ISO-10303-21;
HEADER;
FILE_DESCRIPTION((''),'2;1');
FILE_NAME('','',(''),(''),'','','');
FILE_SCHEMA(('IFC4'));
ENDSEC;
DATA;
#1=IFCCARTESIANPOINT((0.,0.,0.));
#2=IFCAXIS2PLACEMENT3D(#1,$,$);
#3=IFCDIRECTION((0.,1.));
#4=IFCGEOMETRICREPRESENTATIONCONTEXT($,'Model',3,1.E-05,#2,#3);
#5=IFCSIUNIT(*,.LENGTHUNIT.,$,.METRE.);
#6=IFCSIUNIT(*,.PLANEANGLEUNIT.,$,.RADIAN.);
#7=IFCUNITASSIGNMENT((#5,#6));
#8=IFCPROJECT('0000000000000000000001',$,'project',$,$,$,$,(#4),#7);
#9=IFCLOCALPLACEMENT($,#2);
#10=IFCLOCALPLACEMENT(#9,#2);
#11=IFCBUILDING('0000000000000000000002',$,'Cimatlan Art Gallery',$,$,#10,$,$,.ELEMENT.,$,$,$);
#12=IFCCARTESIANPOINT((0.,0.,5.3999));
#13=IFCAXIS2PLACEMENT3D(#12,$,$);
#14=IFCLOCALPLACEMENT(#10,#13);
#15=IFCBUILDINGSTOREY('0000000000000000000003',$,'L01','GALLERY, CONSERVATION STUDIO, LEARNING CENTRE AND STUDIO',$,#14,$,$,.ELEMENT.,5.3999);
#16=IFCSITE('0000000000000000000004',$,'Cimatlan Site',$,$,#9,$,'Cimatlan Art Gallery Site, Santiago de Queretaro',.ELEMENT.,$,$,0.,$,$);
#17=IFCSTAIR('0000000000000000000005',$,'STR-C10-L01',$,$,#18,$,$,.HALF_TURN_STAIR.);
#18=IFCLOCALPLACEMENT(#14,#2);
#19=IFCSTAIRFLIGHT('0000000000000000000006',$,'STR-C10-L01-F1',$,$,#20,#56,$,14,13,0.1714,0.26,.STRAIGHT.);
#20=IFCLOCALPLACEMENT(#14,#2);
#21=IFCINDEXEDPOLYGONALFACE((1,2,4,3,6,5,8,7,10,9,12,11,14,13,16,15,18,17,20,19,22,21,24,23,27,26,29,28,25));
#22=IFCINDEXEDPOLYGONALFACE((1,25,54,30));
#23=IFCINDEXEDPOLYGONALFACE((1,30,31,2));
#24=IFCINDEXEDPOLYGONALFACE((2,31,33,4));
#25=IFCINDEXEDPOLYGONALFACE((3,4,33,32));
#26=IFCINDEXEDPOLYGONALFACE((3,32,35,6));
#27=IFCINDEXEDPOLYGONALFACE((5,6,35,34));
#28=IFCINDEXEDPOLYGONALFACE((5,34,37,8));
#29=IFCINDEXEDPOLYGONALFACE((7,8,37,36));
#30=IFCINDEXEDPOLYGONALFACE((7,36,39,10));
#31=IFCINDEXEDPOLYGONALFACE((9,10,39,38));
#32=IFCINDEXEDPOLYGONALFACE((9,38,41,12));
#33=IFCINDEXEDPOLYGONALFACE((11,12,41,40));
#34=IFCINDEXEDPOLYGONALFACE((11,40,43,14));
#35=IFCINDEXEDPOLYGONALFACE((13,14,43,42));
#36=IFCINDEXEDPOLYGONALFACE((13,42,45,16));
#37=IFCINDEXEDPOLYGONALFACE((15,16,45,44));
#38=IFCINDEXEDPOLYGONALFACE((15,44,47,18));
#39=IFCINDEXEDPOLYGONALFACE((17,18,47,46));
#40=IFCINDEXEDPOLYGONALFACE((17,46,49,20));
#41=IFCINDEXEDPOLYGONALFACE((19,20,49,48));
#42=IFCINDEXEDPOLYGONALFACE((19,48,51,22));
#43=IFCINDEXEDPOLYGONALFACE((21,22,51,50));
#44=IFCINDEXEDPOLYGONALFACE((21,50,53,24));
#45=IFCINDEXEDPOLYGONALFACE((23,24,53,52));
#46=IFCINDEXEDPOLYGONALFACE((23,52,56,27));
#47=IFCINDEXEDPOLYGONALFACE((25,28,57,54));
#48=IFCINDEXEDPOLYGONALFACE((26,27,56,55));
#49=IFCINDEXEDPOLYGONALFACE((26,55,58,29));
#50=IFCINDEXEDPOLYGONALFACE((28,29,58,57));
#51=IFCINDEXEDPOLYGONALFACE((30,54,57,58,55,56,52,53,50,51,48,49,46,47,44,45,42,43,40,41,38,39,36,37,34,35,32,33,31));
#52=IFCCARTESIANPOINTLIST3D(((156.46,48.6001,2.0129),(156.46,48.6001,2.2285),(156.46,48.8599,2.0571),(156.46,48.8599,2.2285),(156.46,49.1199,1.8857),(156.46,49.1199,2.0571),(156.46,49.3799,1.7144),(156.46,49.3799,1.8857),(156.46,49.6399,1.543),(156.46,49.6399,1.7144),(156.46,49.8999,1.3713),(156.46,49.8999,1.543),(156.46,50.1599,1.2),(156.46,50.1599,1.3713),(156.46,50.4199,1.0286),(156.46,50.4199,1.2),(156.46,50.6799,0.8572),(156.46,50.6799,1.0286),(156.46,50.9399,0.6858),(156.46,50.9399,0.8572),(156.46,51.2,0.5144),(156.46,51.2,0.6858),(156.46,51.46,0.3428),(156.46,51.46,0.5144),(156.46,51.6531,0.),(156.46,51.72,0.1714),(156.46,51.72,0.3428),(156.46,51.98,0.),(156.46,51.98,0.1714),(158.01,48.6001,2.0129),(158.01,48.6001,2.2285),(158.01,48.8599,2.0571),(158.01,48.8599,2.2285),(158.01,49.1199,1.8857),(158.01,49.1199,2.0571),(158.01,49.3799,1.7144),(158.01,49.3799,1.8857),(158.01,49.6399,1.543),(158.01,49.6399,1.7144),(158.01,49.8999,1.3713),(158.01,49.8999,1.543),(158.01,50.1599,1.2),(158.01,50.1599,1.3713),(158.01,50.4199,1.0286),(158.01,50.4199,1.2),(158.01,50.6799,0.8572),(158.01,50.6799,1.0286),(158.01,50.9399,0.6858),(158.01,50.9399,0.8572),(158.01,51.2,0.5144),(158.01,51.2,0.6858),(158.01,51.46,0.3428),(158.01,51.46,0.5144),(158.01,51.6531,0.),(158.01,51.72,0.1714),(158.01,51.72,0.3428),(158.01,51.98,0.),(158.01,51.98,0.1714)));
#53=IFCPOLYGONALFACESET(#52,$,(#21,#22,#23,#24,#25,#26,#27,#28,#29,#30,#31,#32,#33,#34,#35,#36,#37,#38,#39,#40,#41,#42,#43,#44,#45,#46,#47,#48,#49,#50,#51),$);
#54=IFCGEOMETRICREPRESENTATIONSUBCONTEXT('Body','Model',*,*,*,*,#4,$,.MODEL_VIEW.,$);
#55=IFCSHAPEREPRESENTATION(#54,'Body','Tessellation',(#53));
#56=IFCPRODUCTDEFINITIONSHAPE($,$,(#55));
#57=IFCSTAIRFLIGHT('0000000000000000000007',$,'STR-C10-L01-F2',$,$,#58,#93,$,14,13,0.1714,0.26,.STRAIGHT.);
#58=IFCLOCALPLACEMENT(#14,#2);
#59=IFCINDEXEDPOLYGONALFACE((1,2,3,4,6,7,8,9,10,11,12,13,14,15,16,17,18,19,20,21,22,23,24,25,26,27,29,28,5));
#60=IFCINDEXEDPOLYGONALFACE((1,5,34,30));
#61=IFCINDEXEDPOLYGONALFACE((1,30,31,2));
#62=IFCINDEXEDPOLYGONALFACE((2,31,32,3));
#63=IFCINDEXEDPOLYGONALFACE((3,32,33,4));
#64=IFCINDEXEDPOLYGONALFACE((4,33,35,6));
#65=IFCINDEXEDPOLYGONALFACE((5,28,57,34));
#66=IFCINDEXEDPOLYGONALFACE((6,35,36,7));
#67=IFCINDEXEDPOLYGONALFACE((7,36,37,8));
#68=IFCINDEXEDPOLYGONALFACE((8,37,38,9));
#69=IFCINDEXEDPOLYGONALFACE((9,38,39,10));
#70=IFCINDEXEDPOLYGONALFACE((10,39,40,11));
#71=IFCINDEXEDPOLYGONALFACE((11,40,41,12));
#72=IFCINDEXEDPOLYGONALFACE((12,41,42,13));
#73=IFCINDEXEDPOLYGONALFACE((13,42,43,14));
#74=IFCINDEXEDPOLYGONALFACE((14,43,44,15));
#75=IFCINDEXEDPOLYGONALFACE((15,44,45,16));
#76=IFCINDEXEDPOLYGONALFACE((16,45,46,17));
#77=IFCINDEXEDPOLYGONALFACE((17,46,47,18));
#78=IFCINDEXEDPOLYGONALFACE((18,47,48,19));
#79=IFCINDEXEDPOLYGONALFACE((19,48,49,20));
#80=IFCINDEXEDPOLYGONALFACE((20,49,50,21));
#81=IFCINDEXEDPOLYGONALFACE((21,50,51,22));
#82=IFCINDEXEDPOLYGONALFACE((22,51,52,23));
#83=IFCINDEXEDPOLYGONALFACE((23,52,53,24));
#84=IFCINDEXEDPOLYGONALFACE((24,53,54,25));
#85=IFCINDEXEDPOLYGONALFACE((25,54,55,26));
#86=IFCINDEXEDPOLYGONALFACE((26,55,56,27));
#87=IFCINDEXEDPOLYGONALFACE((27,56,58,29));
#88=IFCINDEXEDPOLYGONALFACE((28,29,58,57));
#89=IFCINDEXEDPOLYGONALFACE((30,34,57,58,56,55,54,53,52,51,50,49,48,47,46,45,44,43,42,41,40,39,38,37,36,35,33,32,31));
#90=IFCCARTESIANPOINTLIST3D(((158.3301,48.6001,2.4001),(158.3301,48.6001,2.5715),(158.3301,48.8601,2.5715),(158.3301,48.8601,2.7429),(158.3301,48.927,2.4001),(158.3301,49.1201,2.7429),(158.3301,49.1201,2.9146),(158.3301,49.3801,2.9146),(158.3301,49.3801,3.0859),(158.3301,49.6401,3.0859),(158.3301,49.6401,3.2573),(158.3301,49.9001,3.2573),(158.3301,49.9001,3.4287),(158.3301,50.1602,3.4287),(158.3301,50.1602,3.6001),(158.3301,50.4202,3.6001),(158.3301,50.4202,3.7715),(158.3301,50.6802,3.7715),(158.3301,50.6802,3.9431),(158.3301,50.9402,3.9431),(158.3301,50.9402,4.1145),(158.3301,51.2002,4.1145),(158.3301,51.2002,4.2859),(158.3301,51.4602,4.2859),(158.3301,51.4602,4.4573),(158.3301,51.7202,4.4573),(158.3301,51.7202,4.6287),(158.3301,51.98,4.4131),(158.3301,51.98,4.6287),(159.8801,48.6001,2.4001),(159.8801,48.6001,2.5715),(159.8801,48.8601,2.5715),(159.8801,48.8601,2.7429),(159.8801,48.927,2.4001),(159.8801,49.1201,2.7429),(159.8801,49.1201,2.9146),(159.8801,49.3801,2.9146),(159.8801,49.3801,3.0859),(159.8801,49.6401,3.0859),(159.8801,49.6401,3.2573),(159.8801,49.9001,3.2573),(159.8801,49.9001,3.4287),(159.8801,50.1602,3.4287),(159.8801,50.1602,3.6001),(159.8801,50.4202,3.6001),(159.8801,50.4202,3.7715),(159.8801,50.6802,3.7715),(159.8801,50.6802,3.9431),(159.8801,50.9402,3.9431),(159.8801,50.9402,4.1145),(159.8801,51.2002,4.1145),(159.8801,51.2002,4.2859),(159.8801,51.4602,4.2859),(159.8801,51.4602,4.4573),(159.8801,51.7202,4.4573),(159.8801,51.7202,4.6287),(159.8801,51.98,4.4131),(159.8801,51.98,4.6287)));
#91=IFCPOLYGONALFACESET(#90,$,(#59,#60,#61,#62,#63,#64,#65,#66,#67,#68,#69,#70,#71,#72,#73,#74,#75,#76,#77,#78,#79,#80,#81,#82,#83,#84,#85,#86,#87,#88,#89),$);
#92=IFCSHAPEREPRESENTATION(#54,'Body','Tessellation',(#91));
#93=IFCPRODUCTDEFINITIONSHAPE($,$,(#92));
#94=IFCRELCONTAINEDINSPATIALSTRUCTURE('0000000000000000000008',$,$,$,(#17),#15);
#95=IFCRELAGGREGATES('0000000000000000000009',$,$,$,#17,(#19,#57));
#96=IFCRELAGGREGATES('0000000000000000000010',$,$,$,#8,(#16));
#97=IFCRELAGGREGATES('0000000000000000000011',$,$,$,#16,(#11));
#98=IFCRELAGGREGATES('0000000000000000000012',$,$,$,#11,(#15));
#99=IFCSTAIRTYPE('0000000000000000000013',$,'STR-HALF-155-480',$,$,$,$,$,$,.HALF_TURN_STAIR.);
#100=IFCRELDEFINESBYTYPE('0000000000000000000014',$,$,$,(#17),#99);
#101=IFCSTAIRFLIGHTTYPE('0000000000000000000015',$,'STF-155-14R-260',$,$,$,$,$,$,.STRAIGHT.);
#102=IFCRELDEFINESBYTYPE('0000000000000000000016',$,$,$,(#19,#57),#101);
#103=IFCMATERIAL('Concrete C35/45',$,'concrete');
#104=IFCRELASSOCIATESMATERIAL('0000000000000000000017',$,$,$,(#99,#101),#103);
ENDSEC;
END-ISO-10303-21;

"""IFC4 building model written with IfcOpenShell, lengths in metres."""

from ifc_helpers import new_model, si_unit, direction, frame, origin, place, context, subcontext, project, spatial, polyline, outline, extrude, material, type_object, element, aggregate, save


model = new_model("IFC4")

# Units and contexts
model_context = context("Model", 3, precision=1e-05, world=origin(), true_north=direction((0.0, 1.0)))
body_context = subcontext(model_context, "Body", "Model", "MODEL_VIEW")
ifc_project = project(units=[si_unit("LENGTHUNIT", "METRE"), si_unit("PLANEANGLEUNIT", "RADIAN")], contexts=[model_context])

# Site, building, storey
site_placement = place(None, origin())
site = spatial("IfcSite", under=ifc_project, at=site_placement, Name="Cimatlan Site", LongName="Cimatlan Art Gallery Site, Santiago de Queretaro", CompositionType="ELEMENT", RefElevation=0.0)
building_placement = place(site_placement, origin())
building = spatial("IfcBuilding", under=site, at=building_placement, Name="Cimatlan Art Gallery", CompositionType="ELEMENT")
storey_placement = place(building_placement, frame((0.0, 0.0, 5.3999)))
storey = spatial("IfcBuildingStorey", under=building, at=storey_placement, Name="L01", Description="GALLERY, CONSERVATION STUDIO, LEARNING CENTRE AND STUDIO", CompositionType="ELEMENT", Elevation=5.3999)

# Stair, stair flights
ifc_material_1 = material(Name="Concrete C35/45", Category="concrete")
stair_type = type_object("IfcStairType", Name="STR-HALF-155-480", PredefinedType="HALF_TURN_STAIR", material=ifc_material_1)
stair_placement = place(storey_placement, origin())
stair = element("IfcStair", 1, at=stair_placement, inside=storey, type_object=stair_type, Name="STR-C10-L01", PredefinedType="HALF_TURN_STAIR")
stair_flight_type = type_object("IfcStairFlightType", Name="STF-155-14R-260", PredefinedType="STRAIGHT", material=ifc_material_1)
stair_flight_1_placement = place(storey_placement, frame((157.2351, 51.98, 0.0), z_axis=(0.0, 0.0, 1.0), x_axis=(0.0, -1.0, 0.0)))
stair_flight_1 = element("IfcStairFlight", 2, at=stair_flight_1_placement, type_object=stair_flight_type, Name="STR-C10-L01-F1", NumberOfRisers=14, NumberOfTreads=13, PredefinedType="STRAIGHT", RiserHeight=0.1714, TreadLength=0.26, context=body_context, shape_type="SweptSolid", body=[
    extrude(outline(polyline([(0.0, 0.0), (0.0, 0.1714), (0.26, 0.1714), (0.26, 0.3428), (0.52, 0.3428), (0.52, 0.5144), (0.78, 0.5144), (0.78, 0.6858), (1.04, 0.6858), (1.04, 0.8572), (1.3, 0.8572), (1.3, 1.0286), (1.5601, 1.0286), (1.5601, 1.2), (1.8201, 1.2), (1.8201, 1.3713), (2.0801, 1.3713), (2.0801, 1.543), (2.3401, 1.543), (2.3401, 1.7144), (2.6001, 1.7144), (2.6001, 1.8857), (2.8601, 1.8857), (2.8601, 2.0571), (3.1201, 2.0571), (3.1201, 2.2285), (3.3799, 2.2285), (3.3799, 2.3999), (3.3799, 2.0129), (0.3269, 0.0), (0.0, 0.0)])), frame((0.0, 0.7749, 0.0), z_axis=(0.0, -1.0, 0.0), x_axis=(1.0, 0.0, 0.0)), (0.0, 0.0, 1.0), 1.55),
])
stair_flight_2_placement = place(storey_placement, frame((159.105, 48.6001, 2.4001), z_axis=(0.0, 0.0, 1.0), x_axis=(0.0, 1.0, 0.0)))
stair_flight_2 = element("IfcStairFlight", 3, at=stair_flight_2_placement, type_object=stair_flight_type, Name="STR-C10-L01-F2", NumberOfRisers=14, NumberOfTreads=13, PredefinedType="STRAIGHT", RiserHeight=0.1714, TreadLength=0.26, context=body_context, shape_type="SweptSolid", body=[
    extrude(outline(polyline([(0.0, 0.0), (0.0, 0.1714), (0.26, 0.1714), (0.26, 0.3428), (0.52, 0.3428), (0.52, 0.5144), (0.78, 0.5144), (0.78, 0.6858), (1.04, 0.6858), (1.04, 0.8572), (1.3, 0.8572), (1.3, 1.0286), (1.5601, 1.0286), (1.5601, 1.2), (1.8201, 1.2), (1.8201, 1.3713), (2.0801, 1.3713), (2.0801, 1.543), (2.3401, 1.543), (2.3401, 1.7144), (2.6001, 1.7144), (2.6001, 1.8857), (2.8601, 1.8857), (2.8601, 2.0571), (3.1201, 2.0571), (3.1201, 2.2285), (3.3799, 2.2285), (3.3799, 2.3999), (3.3799, 2.0129), (0.3269, 0.0), (0.0, 0.0)])), frame((0.0, 0.7749, 0.0), z_axis=(0.0, -1.0, 0.0), x_axis=(1.0, 0.0, 0.0)), (0.0, 0.0, 1.0), 1.55),
])
aggregate(stair, [stair_flight_1, stair_flight_2])

save(model, "model.ifc")
